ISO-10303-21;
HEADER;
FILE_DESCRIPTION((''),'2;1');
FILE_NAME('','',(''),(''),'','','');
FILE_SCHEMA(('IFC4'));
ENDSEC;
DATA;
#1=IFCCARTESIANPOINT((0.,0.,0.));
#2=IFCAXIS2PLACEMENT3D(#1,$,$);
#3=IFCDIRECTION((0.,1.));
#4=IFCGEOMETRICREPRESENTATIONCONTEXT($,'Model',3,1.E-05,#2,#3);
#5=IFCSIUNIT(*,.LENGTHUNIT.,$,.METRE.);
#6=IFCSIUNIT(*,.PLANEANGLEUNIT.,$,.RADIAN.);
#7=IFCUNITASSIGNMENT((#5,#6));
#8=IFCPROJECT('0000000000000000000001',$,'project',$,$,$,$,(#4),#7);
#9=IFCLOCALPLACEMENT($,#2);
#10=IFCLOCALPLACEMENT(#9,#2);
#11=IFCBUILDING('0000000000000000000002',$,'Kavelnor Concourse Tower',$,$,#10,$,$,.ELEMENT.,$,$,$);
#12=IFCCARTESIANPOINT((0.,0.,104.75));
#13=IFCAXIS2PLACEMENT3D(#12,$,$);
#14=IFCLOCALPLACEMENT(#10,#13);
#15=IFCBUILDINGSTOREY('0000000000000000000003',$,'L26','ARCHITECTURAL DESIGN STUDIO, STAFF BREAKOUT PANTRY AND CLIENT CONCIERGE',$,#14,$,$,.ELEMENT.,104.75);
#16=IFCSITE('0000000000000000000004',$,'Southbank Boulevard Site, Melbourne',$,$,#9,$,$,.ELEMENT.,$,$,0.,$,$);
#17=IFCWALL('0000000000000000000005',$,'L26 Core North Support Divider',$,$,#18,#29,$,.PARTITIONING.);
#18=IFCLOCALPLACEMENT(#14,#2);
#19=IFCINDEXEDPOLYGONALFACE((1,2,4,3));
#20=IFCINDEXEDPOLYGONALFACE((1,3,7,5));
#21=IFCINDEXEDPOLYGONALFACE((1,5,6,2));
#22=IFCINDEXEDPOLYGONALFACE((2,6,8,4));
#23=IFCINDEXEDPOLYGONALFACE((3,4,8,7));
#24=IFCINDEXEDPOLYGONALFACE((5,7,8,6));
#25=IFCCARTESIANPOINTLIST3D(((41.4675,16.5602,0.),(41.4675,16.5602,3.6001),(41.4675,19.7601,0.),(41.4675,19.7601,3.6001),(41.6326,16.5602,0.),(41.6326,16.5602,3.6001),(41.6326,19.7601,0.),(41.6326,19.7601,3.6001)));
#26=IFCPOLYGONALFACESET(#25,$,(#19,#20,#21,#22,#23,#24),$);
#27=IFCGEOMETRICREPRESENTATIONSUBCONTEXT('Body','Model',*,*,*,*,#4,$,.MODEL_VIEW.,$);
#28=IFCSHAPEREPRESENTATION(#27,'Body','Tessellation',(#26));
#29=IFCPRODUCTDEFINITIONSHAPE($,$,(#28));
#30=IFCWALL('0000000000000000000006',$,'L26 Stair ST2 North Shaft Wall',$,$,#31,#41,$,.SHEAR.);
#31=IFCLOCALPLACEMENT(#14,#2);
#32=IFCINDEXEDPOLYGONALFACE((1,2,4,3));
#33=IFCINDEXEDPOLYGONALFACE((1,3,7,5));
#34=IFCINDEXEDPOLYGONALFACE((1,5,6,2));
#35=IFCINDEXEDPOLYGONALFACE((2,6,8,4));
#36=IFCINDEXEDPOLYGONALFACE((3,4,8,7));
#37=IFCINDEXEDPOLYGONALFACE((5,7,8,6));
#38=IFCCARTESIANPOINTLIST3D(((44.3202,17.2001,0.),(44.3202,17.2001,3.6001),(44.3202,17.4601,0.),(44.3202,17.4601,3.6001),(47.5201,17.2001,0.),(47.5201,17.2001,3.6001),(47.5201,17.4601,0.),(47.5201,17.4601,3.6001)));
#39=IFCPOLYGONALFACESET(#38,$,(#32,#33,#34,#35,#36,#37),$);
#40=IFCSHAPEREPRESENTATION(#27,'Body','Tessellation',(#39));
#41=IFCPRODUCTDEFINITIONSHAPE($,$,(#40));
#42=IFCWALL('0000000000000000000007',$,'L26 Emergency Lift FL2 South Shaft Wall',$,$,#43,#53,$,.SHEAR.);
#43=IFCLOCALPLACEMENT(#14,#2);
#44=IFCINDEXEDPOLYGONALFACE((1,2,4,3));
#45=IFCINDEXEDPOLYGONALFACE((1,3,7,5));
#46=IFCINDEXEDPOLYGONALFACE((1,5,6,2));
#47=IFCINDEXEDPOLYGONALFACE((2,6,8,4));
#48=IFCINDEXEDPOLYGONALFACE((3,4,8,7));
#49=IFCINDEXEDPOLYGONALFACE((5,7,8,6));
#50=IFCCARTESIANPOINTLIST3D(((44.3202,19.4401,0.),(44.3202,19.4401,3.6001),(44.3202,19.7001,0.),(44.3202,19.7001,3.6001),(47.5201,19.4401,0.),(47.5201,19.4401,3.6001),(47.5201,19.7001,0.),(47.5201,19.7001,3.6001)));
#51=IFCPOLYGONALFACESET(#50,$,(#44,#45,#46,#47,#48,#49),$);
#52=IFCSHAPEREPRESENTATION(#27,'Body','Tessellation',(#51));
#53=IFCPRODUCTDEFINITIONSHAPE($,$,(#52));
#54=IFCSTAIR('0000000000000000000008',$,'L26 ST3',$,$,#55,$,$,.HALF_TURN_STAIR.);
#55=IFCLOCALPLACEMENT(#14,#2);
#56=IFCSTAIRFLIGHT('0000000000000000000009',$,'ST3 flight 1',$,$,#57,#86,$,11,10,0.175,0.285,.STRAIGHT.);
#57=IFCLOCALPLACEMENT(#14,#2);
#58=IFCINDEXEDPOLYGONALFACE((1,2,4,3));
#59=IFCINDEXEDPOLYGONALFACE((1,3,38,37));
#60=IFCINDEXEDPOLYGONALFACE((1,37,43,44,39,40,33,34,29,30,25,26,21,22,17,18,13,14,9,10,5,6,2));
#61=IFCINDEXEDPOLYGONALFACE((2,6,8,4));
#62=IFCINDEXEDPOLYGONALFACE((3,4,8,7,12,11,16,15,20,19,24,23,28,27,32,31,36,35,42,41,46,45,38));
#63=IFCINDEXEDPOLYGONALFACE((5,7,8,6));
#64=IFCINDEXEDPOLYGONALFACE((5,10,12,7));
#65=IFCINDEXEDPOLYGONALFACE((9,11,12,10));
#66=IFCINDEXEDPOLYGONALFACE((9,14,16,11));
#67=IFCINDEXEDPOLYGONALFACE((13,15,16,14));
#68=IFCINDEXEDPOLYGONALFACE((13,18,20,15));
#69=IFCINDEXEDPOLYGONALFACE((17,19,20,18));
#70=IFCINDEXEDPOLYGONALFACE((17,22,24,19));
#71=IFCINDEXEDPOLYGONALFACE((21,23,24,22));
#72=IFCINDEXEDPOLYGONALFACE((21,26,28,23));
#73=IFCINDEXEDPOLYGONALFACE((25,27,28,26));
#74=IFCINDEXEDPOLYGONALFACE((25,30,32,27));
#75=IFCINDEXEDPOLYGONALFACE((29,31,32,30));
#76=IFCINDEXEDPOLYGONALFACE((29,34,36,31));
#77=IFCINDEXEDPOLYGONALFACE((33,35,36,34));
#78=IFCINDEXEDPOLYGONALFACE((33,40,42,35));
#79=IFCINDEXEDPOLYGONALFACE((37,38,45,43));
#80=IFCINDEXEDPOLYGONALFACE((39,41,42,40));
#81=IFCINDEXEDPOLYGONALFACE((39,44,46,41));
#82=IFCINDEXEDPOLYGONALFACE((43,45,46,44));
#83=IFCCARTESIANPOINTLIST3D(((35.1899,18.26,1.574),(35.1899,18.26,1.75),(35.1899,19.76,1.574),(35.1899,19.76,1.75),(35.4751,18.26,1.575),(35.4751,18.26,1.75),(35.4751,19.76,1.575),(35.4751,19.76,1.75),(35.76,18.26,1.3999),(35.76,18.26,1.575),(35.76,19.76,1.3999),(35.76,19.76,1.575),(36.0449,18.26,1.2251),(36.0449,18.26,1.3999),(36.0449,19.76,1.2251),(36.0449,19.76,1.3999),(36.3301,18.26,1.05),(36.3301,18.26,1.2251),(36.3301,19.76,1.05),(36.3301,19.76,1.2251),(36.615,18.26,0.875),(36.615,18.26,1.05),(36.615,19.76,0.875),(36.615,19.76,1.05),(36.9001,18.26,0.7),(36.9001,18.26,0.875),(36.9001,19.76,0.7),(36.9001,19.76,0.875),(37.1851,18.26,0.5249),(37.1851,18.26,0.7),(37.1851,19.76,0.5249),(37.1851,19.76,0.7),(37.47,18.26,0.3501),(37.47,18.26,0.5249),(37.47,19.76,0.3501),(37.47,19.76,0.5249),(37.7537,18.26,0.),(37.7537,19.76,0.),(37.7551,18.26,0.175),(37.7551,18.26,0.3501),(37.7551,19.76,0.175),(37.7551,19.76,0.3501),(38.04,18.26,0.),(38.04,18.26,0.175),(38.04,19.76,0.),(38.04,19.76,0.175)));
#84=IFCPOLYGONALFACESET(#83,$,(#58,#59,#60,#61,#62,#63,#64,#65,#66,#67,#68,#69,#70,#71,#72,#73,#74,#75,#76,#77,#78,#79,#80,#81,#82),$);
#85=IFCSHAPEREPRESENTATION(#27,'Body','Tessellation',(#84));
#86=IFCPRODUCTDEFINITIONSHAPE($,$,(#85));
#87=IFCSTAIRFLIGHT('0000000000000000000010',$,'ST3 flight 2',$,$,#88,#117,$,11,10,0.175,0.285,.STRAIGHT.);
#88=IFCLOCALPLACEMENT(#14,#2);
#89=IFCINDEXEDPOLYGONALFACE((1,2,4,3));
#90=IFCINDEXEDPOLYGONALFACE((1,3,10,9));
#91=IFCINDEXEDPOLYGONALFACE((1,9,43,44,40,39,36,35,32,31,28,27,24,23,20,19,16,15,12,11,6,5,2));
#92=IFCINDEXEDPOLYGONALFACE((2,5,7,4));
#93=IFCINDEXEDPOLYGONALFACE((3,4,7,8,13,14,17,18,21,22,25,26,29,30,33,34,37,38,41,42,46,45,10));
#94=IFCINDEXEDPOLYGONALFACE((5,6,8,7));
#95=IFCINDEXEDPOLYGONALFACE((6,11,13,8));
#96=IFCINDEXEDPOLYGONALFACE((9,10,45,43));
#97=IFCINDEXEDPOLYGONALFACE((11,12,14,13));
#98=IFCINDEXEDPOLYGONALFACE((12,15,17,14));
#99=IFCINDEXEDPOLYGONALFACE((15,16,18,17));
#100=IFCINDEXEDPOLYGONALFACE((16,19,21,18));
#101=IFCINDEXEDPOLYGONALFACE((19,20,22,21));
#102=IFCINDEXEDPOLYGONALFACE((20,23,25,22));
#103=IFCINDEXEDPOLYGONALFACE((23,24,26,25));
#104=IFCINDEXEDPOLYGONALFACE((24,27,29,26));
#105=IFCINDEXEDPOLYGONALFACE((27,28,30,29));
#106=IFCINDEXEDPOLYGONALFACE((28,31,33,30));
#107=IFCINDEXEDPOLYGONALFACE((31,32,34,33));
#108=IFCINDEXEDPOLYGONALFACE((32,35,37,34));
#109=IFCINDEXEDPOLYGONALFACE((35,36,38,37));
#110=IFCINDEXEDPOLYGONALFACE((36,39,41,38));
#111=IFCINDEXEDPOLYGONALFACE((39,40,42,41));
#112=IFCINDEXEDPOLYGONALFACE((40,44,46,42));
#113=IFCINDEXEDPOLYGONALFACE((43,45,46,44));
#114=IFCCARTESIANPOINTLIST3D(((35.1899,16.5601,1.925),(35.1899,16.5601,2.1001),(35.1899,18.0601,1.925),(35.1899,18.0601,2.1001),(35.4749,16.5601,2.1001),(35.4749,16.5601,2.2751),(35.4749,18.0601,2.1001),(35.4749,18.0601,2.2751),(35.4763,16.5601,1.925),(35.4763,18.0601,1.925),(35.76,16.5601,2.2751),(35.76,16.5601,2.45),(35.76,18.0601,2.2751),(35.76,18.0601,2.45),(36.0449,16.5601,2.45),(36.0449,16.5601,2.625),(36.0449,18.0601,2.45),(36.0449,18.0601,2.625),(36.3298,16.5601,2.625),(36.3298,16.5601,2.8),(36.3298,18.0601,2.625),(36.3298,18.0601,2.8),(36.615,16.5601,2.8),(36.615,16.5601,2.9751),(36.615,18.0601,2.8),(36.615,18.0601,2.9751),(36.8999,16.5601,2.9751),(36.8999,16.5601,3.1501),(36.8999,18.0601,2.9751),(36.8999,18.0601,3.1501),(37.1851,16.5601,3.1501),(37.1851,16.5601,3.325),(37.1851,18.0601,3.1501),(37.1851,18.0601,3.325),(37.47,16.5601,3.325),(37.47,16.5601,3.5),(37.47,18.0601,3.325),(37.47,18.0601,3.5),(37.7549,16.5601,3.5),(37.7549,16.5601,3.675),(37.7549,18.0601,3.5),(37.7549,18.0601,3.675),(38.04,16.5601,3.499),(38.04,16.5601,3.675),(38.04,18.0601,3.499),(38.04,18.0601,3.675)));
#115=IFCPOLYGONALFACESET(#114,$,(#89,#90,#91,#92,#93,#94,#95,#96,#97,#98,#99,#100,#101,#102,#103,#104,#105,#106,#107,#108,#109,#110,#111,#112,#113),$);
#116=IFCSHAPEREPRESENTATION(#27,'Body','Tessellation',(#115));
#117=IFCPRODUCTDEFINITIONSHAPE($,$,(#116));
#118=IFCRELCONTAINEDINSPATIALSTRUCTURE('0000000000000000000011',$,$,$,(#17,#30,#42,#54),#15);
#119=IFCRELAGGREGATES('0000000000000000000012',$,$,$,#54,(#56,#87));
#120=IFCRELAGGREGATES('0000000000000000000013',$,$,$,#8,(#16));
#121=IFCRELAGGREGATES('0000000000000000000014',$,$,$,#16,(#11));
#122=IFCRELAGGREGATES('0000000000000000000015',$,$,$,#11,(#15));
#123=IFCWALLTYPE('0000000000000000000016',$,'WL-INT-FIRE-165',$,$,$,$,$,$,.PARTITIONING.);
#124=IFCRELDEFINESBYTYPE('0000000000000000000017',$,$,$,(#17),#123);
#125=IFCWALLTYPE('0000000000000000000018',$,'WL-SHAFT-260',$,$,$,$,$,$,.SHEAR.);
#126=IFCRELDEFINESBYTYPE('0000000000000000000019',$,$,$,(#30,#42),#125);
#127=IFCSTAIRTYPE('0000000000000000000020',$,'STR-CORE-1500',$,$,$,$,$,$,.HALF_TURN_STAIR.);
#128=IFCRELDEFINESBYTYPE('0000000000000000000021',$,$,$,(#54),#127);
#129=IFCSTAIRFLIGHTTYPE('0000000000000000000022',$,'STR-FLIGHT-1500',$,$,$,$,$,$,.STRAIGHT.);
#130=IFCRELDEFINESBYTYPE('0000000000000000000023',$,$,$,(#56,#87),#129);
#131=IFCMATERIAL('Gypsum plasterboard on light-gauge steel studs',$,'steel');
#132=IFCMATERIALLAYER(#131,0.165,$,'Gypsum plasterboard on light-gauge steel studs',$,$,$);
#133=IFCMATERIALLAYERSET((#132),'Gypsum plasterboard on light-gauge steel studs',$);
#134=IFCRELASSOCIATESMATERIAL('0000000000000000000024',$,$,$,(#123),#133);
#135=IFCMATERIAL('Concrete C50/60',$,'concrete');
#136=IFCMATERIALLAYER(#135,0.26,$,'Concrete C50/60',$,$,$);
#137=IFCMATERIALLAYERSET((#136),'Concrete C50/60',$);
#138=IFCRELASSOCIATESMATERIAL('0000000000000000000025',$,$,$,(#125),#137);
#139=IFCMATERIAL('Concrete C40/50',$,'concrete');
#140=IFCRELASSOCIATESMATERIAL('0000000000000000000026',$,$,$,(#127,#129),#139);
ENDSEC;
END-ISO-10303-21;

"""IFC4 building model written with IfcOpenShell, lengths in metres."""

from ifc_helpers import new_model, si_unit, direction, frame, frame_2d, origin, place, context, subcontext, project, spatial, polyline, rectangle, outline, extrude, material, layer, layer_set, type_object, element, aggregate, save


model = new_model("IFC4")

# Units and contexts
model_context = context("Model", 3, precision=1e-05, world=origin(), true_north=direction((0.0, 1.0)))
body_context = subcontext(model_context, "Body", "Model", "MODEL_VIEW")
ifc_project = project(units=[si_unit("LENGTHUNIT", "METRE"), si_unit("PLANEANGLEUNIT", "RADIAN")], contexts=[model_context])

# Site, building, storey
site_placement = place(None, origin())
site = spatial("IfcSite", under=ifc_project, at=site_placement, Name="Southbank Boulevard Site, Melbourne", CompositionType="ELEMENT", RefElevation=0.0)
building_placement = place(site_placement, origin())
building = spatial("IfcBuilding", under=site, at=building_placement, Name="Kavelnor Concourse Tower", CompositionType="ELEMENT")
storey_placement = place(building_placement, frame((0.0, 0.0, 104.75)))
storey = spatial("IfcBuildingStorey", under=building, at=storey_placement, Name="L26", Description="ARCHITECTURAL DESIGN STUDIO, STAFF BREAKOUT PANTRY AND CLIENT CONCIERGE", CompositionType="ELEMENT", Elevation=104.75)

# Walls
ifc_material_1 = material(Name="Gypsum plasterboard on light-gauge steel studs", Category="steel")
ifc_layer_1 = layer(ifc_material_1, 0.165, Name="Gypsum plasterboard on light-gauge steel studs")
ifc_layer_set_1 = layer_set([ifc_layer_1], Name="Gypsum plasterboard on light-gauge steel studs")
wall_type_1 = type_object("IfcWallType", Name="WL-INT-FIRE-165", PredefinedType="PARTITIONING", material=ifc_layer_set_1)
wall_placement = place(storey_placement, frame((41.55, 16.5601, 0.0), z_axis=(0.0, 0.0, 1.0), x_axis=(0.0, 1.0, 0.0)))
element("IfcWall", 1, at=wall_placement, inside=storey, type_object=wall_type_1, Name="L26 Core North Support Divider", PredefinedType="PARTITIONING", context=body_context, shape_type="SweptSolid", body=[
    extrude(rectangle(XDim=3.2, YDim=0.165, at=frame_2d((1.6001, 0.0))), origin(), (0.0, 0.0, 1.0), 3.6001),
])
ifc_material_2 = material(Name="Concrete C50/60", Category="concrete")
ifc_layer_2 = layer(ifc_material_2, 0.26, Name="Concrete C50/60")
ifc_layer_set_2 = layer_set([ifc_layer_2], Name="Concrete C50/60")
wall_type_2 = type_object("IfcWallType", Name="WL-SHAFT-260", PredefinedType="SHEAR", material=ifc_layer_set_2)
for number, where, z_axis, x_axis, name in (
    (2, (44.3201, 17.3301, 0.0), (0.0, 0.0, 1.0), (1.0, 0.0, 0.0), "L26 Stair ST2 North Shaft Wall"),
    (3, (44.3201, 19.5701, 0.0), (0.0, 0.0, 1.0), (1.0, 0.0, 0.0), "L26 Emergency Lift FL2 South Shaft Wall"),
):
    element("IfcWall", number, at=place(storey_placement, frame(where, z_axis=z_axis, x_axis=x_axis)), inside=storey, type_object=wall_type_2, Name=name, PredefinedType="SHEAR", context=body_context, shape_type="SweptSolid", body=[
        extrude(rectangle(XDim=3.2, YDim=0.26, at=frame_2d((1.6001, 0.0))), origin(), (0.0, 0.0, 1.0), 3.6001),
    ])

# Stair, stair flights
ifc_material_3 = material(Name="Concrete C40/50", Category="concrete")
stair_type = type_object("IfcStairType", Name="STR-CORE-1500", PredefinedType="HALF_TURN_STAIR", material=ifc_material_3)
stair_placement = place(storey_placement, origin())
stair = element("IfcStair", 4, at=stair_placement, inside=storey, type_object=stair_type, Name="L26 ST3", PredefinedType="HALF_TURN_STAIR")
stair_flight_type = type_object("IfcStairFlightType", Name="STR-FLIGHT-1500", PredefinedType="STRAIGHT", material=ifc_material_3)
stair_flight_1_placement = place(storey_placement, frame((38.04, 19.01, 0.0), z_axis=(0.0, 0.0, 1.0), x_axis=(-1.0, 0.0, 0.0)))
stair_flight_1 = element("IfcStairFlight", 5, at=stair_flight_1_placement, type_object=stair_flight_type, Name="ST3 flight 1", NumberOfRisers=11, NumberOfTreads=10, PredefinedType="STRAIGHT", RiserHeight=0.175, TreadLength=0.285, context=body_context, shape_type="SweptSolid", body=[
    extrude(outline(polyline([(0.0, 0.0), (0.0, 0.175), (0.2849, 0.175), (0.2849, 0.3501), (0.5701, 0.3501), (0.5701, 0.5249), (0.855, 0.5249), (0.855, 0.7), (1.1399, 0.7), (1.1399, 0.875), (1.425, 0.875), (1.425, 1.05), (1.71, 1.05), (1.71, 1.2251), (1.9951, 1.2251), (1.9951, 1.3999), (2.28, 1.3999), (2.28, 1.575), (2.5649, 1.575), (2.5649, 1.75), (2.8501, 1.75), (2.8501, 1.925), (2.8501, 1.574), (0.2864, 0.0), (0.0, 0.0)])), frame((0.0, 0.75, 0.0), z_axis=(0.0, -1.0, 0.0), x_axis=(1.0, 0.0, 0.0)), (0.0, 0.0, 1.0), 1.5),
])
stair_flight_2_placement = place(storey_placement, frame((35.1899, 17.3101, 1.925), z_axis=(0.0, 0.0, 1.0), x_axis=(1.0, 0.0, 0.0)))
stair_flight_2 = element("IfcStairFlight", 6, at=stair_flight_2_placement, type_object=stair_flight_type, Name="ST3 flight 2", NumberOfRisers=11, NumberOfTreads=10, PredefinedType="STRAIGHT", RiserHeight=0.175, TreadLength=0.285, context=body_context, shape_type="SweptSolid", body=[
    extrude(outline(polyline([(0.0, 0.0), (0.0, 0.175), (0.2849, 0.175), (0.2849, 0.3501), (0.5701, 0.3501), (0.5701, 0.5249), (0.855, 0.5249), (0.855, 0.7), (1.1399, 0.7), (1.1399, 0.875), (1.425, 0.875), (1.425, 1.05), (1.71, 1.05), (1.71, 1.2251), (1.9951, 1.2251), (1.9951, 1.3999), (2.28, 1.3999), (2.28, 1.575), (2.5649, 1.575), (2.5649, 1.75), (2.8501, 1.75), (2.8501, 1.925), (2.8501, 1.574), (0.2864, 0.0), (0.0, 0.0)])), frame((0.0, 0.75, 0.0), z_axis=(0.0, -1.0, 0.0), x_axis=(1.0, 0.0, 0.0)), (0.0, 0.0, 1.0), 1.5),
])
aggregate(stair, [stair_flight_1, stair_flight_2])

save(model, "model.ifc")
